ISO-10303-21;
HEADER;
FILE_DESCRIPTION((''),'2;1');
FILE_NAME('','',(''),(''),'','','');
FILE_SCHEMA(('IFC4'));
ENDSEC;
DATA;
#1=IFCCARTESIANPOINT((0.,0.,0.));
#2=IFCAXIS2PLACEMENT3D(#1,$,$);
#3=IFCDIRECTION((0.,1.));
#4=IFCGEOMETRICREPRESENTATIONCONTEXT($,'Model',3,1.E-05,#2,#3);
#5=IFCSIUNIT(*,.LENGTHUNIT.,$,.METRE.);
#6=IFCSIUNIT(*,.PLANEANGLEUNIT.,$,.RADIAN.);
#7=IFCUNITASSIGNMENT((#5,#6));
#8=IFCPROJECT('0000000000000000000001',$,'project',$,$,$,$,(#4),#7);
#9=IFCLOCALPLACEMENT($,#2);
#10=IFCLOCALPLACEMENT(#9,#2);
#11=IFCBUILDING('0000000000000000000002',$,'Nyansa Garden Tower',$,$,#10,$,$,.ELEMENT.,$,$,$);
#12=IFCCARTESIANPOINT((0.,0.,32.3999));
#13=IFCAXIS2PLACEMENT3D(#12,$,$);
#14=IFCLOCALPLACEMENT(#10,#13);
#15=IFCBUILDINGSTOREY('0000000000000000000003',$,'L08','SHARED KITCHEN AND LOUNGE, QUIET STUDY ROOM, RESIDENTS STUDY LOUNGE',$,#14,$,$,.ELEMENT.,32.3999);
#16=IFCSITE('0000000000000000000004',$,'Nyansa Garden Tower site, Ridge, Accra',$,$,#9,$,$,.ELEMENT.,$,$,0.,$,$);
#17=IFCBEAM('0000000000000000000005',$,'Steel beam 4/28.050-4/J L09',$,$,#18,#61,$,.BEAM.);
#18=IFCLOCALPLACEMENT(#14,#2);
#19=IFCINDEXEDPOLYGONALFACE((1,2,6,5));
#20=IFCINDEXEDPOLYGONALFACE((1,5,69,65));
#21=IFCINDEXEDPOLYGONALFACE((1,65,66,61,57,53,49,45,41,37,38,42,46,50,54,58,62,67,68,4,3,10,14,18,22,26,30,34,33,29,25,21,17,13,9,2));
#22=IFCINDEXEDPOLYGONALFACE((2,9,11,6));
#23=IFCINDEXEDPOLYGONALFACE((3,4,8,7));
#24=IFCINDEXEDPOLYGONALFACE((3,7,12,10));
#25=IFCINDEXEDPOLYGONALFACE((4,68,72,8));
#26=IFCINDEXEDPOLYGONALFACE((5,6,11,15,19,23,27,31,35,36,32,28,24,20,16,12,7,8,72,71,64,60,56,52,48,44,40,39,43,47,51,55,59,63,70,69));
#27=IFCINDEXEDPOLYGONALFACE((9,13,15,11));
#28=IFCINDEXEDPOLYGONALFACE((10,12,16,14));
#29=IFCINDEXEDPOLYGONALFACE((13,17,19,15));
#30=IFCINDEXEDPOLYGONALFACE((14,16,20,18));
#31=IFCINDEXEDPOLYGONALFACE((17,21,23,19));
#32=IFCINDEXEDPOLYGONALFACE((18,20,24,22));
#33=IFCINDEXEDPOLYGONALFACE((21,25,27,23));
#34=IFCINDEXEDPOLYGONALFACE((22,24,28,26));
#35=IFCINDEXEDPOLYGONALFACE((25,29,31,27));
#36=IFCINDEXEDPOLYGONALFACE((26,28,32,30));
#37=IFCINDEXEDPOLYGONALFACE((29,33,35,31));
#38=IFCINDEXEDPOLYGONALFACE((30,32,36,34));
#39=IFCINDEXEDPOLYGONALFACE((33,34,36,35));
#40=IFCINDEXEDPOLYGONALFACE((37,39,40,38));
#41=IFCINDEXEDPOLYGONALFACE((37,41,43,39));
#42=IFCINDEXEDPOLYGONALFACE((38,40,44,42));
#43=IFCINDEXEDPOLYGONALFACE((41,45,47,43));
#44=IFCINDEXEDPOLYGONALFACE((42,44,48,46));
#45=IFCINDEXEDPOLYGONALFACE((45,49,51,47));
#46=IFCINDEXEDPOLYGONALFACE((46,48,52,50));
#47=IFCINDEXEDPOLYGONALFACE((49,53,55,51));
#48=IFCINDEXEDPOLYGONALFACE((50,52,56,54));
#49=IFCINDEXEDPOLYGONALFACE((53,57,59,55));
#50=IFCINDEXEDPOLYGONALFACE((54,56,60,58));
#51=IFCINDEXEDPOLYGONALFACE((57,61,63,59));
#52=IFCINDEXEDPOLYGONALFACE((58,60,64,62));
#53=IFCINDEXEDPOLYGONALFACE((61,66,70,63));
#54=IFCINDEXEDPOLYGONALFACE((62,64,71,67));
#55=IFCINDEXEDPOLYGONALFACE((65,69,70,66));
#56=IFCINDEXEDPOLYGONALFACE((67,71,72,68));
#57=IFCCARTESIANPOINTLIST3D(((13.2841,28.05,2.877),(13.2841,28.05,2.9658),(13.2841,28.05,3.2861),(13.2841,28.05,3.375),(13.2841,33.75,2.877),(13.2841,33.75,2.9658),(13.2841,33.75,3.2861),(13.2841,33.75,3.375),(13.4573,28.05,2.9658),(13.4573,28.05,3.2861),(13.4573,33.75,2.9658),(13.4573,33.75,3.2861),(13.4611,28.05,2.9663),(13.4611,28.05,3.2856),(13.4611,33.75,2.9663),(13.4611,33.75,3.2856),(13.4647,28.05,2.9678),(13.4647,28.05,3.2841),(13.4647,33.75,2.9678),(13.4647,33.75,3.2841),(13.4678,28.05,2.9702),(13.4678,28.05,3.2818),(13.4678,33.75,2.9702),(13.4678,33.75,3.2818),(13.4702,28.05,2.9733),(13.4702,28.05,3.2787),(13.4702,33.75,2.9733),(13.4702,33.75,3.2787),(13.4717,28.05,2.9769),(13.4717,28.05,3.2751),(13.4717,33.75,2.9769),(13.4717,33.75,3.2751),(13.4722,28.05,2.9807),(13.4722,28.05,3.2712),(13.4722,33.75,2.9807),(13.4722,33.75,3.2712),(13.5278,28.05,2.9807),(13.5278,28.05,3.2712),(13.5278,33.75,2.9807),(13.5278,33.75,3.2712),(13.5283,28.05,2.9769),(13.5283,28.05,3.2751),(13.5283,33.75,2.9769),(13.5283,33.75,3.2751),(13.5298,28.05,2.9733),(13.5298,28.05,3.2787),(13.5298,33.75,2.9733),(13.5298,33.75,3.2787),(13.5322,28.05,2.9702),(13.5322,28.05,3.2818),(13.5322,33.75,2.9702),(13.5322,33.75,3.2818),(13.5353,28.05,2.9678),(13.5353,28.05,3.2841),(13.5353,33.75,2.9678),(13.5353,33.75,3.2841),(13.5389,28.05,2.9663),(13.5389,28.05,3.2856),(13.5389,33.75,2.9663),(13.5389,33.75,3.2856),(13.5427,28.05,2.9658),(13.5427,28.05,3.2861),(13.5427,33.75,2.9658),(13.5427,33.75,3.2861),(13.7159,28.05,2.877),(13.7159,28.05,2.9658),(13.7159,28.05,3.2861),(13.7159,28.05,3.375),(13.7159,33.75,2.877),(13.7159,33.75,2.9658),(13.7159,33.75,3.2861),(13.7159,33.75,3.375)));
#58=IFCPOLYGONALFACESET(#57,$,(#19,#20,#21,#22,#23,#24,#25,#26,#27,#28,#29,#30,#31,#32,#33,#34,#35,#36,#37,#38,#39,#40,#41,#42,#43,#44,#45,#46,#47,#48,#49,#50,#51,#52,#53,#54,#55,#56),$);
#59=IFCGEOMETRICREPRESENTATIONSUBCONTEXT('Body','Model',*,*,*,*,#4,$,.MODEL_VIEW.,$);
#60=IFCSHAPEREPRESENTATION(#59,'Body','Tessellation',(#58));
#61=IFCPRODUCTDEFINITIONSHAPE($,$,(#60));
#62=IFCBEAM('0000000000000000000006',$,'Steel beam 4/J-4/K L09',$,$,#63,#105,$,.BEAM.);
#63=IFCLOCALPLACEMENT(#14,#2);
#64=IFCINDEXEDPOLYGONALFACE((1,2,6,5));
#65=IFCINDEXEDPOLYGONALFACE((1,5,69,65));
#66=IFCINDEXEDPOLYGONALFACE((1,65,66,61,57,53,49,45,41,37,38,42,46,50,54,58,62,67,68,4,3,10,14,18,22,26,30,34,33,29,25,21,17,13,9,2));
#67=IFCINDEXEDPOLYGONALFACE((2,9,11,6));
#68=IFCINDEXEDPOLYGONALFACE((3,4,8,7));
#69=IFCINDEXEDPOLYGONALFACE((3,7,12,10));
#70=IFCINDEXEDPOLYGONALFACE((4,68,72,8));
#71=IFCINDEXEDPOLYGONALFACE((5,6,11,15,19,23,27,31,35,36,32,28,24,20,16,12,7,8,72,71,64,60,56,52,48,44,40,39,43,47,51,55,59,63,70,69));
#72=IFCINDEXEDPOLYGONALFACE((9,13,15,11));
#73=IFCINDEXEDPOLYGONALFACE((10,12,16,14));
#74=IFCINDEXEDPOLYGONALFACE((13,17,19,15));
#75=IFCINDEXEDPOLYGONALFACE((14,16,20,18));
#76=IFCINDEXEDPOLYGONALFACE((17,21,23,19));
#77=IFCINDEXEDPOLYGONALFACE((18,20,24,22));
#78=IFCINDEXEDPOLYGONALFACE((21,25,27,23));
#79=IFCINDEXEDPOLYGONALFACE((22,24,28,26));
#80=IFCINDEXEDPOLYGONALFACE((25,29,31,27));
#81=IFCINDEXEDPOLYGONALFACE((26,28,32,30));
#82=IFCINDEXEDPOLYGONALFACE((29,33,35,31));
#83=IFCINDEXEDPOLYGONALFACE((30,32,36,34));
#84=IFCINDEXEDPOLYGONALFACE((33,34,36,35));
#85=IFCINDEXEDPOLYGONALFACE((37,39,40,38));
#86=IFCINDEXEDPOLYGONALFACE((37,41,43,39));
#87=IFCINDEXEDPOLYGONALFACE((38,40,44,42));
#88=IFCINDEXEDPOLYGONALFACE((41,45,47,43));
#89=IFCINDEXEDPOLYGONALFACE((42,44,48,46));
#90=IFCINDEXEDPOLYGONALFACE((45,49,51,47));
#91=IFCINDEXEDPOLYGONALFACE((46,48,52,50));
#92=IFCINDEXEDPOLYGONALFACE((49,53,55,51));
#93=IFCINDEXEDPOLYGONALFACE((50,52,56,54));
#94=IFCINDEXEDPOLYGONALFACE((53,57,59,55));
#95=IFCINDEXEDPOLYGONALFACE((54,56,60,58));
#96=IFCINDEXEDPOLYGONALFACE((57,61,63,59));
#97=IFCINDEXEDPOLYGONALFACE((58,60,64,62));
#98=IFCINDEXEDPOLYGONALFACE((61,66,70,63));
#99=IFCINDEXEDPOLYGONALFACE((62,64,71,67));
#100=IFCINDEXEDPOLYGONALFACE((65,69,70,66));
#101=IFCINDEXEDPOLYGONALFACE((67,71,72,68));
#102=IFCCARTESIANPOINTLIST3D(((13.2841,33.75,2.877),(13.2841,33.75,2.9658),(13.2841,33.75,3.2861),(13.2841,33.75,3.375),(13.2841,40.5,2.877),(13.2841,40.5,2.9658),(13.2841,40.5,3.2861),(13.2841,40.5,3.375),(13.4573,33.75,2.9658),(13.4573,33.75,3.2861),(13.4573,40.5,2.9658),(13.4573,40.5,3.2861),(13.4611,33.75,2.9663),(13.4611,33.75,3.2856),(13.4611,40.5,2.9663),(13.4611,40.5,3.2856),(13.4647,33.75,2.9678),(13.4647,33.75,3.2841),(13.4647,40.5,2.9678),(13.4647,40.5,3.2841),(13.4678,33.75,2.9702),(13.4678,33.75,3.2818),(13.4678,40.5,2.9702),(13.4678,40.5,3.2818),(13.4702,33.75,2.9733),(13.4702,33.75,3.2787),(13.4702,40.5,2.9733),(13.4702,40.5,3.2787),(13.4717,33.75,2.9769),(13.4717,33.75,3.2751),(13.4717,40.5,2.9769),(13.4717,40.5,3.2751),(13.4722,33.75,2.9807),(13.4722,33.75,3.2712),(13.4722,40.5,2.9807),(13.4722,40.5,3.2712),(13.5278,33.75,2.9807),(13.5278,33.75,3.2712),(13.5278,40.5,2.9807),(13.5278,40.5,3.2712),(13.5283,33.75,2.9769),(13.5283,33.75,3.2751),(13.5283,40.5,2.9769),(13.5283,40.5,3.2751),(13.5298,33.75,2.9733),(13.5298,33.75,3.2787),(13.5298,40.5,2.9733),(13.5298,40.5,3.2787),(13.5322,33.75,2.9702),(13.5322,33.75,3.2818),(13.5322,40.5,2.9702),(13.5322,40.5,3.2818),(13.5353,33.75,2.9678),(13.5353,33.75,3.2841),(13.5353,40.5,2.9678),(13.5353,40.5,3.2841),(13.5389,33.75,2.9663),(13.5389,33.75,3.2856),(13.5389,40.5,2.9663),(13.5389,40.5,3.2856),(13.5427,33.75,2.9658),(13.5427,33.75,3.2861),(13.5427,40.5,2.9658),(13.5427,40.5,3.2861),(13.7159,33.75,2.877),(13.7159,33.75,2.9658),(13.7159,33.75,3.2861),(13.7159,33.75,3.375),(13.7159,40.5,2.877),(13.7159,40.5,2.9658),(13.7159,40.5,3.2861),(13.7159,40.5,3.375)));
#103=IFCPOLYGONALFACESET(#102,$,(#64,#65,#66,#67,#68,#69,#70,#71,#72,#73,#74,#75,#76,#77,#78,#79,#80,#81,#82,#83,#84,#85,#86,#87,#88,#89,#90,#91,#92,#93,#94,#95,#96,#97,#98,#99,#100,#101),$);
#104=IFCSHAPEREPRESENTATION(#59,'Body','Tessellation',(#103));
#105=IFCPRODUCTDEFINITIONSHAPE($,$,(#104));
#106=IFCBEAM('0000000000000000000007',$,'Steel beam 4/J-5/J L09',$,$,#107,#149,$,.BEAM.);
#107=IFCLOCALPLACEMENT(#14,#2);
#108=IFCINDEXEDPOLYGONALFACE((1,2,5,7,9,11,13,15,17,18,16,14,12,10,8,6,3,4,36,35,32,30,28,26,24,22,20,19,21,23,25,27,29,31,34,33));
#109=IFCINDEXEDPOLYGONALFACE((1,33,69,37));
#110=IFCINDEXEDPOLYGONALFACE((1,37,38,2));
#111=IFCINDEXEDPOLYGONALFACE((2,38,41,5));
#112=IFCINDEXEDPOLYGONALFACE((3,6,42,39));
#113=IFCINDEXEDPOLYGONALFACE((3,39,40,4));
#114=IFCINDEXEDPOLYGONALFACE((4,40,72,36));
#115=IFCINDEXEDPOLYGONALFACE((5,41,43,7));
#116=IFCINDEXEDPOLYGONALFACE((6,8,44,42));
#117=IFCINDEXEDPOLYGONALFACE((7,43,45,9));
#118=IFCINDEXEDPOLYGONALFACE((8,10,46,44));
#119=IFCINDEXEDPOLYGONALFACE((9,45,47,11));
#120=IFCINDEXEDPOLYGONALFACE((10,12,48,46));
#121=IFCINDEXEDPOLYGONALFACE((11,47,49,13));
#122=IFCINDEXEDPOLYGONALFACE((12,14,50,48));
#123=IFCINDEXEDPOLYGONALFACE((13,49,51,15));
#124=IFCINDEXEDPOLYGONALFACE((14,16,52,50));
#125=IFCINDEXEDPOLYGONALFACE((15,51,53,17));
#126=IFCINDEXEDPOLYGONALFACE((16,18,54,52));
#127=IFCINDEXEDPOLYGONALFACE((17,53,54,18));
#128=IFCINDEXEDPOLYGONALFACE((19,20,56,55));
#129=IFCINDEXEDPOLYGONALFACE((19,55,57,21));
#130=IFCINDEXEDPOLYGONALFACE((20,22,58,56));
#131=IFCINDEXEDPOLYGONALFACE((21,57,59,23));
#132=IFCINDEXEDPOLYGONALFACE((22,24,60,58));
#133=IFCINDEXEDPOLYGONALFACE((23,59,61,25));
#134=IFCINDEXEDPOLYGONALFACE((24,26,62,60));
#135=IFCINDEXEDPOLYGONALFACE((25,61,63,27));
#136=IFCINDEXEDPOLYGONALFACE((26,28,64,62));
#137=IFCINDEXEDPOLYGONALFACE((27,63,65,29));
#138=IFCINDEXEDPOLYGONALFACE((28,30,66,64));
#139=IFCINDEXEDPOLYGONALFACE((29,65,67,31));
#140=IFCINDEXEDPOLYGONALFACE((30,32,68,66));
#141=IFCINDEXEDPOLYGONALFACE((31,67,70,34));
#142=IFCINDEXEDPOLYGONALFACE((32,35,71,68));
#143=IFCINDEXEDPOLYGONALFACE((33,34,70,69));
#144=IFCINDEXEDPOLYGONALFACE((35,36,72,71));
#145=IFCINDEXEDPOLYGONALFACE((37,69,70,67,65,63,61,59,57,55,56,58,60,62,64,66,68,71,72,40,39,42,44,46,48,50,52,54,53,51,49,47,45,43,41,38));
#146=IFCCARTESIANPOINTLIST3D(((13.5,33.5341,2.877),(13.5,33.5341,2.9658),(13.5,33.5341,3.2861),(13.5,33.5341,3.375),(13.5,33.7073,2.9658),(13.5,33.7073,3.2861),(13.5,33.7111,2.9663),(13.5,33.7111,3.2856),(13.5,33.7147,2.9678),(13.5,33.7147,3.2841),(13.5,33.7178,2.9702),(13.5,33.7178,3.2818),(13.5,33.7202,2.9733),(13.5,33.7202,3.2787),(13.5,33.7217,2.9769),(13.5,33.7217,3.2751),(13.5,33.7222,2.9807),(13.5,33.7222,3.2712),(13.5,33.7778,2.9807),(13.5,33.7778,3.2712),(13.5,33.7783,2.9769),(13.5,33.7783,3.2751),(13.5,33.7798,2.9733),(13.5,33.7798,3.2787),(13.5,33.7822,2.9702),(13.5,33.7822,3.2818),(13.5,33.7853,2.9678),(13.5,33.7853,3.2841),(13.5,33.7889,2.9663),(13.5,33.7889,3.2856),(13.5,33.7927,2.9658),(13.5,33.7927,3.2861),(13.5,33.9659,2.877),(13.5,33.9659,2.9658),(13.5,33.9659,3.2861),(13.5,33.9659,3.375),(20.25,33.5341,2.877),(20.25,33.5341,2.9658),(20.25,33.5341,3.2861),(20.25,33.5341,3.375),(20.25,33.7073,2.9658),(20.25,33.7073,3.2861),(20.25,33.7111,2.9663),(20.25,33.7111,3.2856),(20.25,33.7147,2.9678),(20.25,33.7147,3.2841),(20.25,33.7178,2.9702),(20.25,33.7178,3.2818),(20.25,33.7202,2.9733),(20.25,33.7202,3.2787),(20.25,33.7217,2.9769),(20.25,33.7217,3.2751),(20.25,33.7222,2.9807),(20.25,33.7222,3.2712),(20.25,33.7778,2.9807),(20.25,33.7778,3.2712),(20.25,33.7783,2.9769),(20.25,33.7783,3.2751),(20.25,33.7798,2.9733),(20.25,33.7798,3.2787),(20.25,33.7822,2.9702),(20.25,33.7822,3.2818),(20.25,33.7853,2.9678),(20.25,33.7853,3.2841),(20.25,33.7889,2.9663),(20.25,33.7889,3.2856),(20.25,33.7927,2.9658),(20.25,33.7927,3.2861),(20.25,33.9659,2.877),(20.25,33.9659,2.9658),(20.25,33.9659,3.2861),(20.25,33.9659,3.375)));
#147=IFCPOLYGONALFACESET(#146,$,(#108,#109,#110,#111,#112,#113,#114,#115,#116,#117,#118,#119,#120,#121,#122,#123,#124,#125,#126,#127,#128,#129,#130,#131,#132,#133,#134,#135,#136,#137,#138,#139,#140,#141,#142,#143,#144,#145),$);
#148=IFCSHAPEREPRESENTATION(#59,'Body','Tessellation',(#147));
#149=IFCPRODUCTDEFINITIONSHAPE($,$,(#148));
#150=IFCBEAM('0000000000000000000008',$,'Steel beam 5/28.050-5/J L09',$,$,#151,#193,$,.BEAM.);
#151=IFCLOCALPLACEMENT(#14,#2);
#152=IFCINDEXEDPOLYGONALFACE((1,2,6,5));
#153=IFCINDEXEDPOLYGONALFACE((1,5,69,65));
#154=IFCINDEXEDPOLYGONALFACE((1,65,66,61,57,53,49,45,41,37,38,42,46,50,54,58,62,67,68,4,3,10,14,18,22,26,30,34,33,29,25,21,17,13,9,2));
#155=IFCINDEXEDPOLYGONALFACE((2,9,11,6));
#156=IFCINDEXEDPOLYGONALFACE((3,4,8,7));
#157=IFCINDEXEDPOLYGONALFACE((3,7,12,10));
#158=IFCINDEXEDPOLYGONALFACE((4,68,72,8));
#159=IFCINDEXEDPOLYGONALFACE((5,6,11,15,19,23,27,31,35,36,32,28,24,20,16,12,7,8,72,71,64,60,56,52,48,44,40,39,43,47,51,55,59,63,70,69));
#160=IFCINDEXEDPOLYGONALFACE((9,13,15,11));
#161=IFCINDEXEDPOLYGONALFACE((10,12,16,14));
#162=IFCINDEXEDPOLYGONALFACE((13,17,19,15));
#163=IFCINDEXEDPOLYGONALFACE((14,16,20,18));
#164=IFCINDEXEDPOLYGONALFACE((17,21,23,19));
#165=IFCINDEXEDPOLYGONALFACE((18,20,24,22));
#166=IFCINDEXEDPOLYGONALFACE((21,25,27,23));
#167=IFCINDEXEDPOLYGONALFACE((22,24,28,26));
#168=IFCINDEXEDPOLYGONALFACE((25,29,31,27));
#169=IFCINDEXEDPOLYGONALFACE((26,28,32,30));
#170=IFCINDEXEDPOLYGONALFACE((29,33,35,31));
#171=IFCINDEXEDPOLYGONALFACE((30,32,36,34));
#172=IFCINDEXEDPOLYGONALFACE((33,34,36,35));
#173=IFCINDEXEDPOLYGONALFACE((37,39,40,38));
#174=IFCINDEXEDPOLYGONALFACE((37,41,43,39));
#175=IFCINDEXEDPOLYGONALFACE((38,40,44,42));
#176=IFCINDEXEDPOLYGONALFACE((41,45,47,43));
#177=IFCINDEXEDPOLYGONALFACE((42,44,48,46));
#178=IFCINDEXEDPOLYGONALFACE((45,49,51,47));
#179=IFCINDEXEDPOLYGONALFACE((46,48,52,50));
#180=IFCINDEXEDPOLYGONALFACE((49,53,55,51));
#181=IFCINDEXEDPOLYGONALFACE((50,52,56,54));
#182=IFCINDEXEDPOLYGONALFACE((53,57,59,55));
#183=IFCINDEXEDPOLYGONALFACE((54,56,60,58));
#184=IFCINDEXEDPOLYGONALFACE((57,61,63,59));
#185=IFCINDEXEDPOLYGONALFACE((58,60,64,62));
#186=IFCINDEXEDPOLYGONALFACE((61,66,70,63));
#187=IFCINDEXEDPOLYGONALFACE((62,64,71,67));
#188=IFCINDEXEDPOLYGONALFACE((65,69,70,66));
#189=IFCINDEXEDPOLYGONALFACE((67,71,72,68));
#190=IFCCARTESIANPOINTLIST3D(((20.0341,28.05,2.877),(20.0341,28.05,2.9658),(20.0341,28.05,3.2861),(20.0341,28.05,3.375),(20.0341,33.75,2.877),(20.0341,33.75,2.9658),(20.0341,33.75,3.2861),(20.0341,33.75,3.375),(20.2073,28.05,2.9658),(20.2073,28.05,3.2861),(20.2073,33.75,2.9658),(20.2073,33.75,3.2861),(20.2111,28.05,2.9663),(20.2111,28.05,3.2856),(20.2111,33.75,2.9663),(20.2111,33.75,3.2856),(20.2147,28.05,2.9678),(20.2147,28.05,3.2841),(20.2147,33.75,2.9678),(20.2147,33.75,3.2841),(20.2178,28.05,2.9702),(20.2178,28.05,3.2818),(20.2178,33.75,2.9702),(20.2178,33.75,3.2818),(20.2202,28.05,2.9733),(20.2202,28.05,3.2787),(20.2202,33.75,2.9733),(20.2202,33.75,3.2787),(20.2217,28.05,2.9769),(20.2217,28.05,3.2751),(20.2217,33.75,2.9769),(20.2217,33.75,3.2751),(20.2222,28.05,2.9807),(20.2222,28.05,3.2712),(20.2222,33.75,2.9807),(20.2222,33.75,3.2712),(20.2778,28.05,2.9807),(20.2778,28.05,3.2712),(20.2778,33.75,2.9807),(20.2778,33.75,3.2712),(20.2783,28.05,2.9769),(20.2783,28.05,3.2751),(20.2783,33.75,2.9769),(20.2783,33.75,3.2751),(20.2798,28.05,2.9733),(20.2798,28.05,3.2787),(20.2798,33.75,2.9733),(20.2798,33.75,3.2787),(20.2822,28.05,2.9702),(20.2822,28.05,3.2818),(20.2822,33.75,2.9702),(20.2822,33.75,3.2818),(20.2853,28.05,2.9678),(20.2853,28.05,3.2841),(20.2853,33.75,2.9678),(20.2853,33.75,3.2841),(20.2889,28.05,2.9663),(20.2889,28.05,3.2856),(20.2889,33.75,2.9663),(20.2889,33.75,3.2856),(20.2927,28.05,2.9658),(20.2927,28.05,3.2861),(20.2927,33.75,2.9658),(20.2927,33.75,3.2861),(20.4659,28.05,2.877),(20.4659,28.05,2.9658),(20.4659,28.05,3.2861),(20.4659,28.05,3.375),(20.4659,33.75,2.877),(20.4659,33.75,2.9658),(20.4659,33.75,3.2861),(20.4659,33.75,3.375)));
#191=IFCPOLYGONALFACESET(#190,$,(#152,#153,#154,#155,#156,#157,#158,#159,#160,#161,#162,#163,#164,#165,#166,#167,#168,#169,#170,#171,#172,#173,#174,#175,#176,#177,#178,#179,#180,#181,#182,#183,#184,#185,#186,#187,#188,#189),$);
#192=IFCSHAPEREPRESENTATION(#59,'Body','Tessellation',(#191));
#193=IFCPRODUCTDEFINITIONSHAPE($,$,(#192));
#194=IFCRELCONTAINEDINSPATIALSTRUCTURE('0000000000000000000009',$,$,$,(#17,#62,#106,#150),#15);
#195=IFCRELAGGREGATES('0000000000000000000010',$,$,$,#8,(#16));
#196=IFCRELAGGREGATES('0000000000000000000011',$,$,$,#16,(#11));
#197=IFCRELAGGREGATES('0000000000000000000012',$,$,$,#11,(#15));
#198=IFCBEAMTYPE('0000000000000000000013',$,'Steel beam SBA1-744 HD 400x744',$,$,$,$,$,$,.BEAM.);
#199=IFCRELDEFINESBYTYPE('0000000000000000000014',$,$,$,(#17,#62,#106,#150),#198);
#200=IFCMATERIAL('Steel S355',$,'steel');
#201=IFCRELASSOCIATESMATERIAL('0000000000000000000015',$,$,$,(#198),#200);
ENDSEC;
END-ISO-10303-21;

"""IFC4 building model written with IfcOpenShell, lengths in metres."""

from ifc_helpers import new_model, si_unit, direction, frame, origin, origin_2d, place, context, subcontext, project, spatial, i_section, extrude, material, material_profile, profile_set, type_object, element, save


model = new_model("IFC4")

# Units and contexts
model_context = context("Model", 3, precision=1e-05, world=origin(), true_north=direction((0.0, 1.0)))
body_context = subcontext(model_context, "Body", "Model", "MODEL_VIEW")
ifc_project = project(units=[si_unit("LENGTHUNIT", "METRE"), si_unit("PLANEANGLEUNIT", "RADIAN")], contexts=[model_context])

# Site, building, storey
site_placement = place(None, origin())
site = spatial("IfcSite", under=ifc_project, at=site_placement, Name="Nyansa Garden Tower site, Ridge, Accra", CompositionType="ELEMENT", RefElevation=0.0)
building_placement = place(site_placement, origin())
building = spatial("IfcBuilding", under=site, at=building_placement, Name="Nyansa Garden Tower", CompositionType="ELEMENT")
storey_placement = place(building_placement, frame((0.0, 0.0, 32.3999)))
storey = spatial("IfcBuildingStorey", under=building, at=storey_placement, Name="L08", Description="SHARED KITCHEN AND LOUNGE, QUIET STUDY ROOM, RESIDENTS STUDY LOUNGE", CompositionType="ELEMENT", Elevation=32.3999)

# Beams
ifc_material_1 = material(Name="Steel S355", Category="steel")
ifc_material_profile_1 = material_profile(ifc_material_1, i_section(OverallWidth=0.4319, OverallDepth=0.498, WebThickness=0.0557, FlangeThickness=0.0889, FilletRadius=0.0149, at=origin_2d()), Name="HD 400x744")
ifc_profile_set_1 = profile_set([ifc_material_profile_1], Name="Steel S355")
beam_type_1 = type_object("IfcBeamType", Name="Steel beam SBA1-744 HD 400x744", PredefinedType="BEAM", material=ifc_profile_set_1)
beam_1_placement = place(storey_placement, frame((13.5, 28.05, 3.126), z_axis=(0.0, 1.0, 0.0), x_axis=(-1.0, 0.0, 0.0)))
element("IfcBeam", 1, at=beam_1_placement, inside=storey, type_object=beam_type_1, Name="Steel beam 4/28.050-4/J L09", PredefinedType="BEAM", context=body_context, shape_type="SweptSolid", body=[
    extrude(i_section(OverallWidth=0.4319, OverallDepth=0.498, WebThickness=0.0557, FlangeThickness=0.0889, FilletRadius=0.0149, at=origin_2d()), origin(), (0.0, 0.0, 1.0), 5.7),
])
for number, where, z_axis, x_axis, name in (
    (2, (13.5, 33.75, 3.126), (0.0, 1.0, 0.0), (-1.0, 0.0, 0.0), "Steel beam 4/J-4/K L09"),
    (3, (13.5, 33.75, 3.126), (1.0, 0.0, 0.0), (0.0, 1.0, 0.0), "Steel beam 4/J-5/J L09"),
):
    element("IfcBeam", number, at=place(storey_placement, frame(where, z_axis=z_axis, x_axis=x_axis)), inside=storey, type_object=beam_type_1, Name=name, PredefinedType="BEAM", context=body_context, shape_type="SweptSolid", body=[
        extrude(i_section(OverallWidth=0.4319, OverallDepth=0.498, WebThickness=0.0557, FlangeThickness=0.0889, FilletRadius=0.0149, at=origin_2d()), origin(), (0.0, 0.0, 1.0), 6.75),
    ])
beam_2_placement = place(storey_placement, frame((20.25, 28.05, 3.126), z_axis=(0.0, 1.0, 0.0), x_axis=(-1.0, 0.0, 0.0)))
element("IfcBeam", 4, at=beam_2_placement, inside=storey, type_object=beam_type_1, Name="Steel beam 5/28.050-5/J L09", PredefinedType="BEAM", context=body_context, shape_type="SweptSolid", body=[
    extrude(i_section(OverallWidth=0.4319, OverallDepth=0.498, WebThickness=0.0557, FlangeThickness=0.0889, FilletRadius=0.0149, at=origin_2d()), origin(), (0.0, 0.0, 1.0), 5.7),
])

save(model, "model.ifc")
